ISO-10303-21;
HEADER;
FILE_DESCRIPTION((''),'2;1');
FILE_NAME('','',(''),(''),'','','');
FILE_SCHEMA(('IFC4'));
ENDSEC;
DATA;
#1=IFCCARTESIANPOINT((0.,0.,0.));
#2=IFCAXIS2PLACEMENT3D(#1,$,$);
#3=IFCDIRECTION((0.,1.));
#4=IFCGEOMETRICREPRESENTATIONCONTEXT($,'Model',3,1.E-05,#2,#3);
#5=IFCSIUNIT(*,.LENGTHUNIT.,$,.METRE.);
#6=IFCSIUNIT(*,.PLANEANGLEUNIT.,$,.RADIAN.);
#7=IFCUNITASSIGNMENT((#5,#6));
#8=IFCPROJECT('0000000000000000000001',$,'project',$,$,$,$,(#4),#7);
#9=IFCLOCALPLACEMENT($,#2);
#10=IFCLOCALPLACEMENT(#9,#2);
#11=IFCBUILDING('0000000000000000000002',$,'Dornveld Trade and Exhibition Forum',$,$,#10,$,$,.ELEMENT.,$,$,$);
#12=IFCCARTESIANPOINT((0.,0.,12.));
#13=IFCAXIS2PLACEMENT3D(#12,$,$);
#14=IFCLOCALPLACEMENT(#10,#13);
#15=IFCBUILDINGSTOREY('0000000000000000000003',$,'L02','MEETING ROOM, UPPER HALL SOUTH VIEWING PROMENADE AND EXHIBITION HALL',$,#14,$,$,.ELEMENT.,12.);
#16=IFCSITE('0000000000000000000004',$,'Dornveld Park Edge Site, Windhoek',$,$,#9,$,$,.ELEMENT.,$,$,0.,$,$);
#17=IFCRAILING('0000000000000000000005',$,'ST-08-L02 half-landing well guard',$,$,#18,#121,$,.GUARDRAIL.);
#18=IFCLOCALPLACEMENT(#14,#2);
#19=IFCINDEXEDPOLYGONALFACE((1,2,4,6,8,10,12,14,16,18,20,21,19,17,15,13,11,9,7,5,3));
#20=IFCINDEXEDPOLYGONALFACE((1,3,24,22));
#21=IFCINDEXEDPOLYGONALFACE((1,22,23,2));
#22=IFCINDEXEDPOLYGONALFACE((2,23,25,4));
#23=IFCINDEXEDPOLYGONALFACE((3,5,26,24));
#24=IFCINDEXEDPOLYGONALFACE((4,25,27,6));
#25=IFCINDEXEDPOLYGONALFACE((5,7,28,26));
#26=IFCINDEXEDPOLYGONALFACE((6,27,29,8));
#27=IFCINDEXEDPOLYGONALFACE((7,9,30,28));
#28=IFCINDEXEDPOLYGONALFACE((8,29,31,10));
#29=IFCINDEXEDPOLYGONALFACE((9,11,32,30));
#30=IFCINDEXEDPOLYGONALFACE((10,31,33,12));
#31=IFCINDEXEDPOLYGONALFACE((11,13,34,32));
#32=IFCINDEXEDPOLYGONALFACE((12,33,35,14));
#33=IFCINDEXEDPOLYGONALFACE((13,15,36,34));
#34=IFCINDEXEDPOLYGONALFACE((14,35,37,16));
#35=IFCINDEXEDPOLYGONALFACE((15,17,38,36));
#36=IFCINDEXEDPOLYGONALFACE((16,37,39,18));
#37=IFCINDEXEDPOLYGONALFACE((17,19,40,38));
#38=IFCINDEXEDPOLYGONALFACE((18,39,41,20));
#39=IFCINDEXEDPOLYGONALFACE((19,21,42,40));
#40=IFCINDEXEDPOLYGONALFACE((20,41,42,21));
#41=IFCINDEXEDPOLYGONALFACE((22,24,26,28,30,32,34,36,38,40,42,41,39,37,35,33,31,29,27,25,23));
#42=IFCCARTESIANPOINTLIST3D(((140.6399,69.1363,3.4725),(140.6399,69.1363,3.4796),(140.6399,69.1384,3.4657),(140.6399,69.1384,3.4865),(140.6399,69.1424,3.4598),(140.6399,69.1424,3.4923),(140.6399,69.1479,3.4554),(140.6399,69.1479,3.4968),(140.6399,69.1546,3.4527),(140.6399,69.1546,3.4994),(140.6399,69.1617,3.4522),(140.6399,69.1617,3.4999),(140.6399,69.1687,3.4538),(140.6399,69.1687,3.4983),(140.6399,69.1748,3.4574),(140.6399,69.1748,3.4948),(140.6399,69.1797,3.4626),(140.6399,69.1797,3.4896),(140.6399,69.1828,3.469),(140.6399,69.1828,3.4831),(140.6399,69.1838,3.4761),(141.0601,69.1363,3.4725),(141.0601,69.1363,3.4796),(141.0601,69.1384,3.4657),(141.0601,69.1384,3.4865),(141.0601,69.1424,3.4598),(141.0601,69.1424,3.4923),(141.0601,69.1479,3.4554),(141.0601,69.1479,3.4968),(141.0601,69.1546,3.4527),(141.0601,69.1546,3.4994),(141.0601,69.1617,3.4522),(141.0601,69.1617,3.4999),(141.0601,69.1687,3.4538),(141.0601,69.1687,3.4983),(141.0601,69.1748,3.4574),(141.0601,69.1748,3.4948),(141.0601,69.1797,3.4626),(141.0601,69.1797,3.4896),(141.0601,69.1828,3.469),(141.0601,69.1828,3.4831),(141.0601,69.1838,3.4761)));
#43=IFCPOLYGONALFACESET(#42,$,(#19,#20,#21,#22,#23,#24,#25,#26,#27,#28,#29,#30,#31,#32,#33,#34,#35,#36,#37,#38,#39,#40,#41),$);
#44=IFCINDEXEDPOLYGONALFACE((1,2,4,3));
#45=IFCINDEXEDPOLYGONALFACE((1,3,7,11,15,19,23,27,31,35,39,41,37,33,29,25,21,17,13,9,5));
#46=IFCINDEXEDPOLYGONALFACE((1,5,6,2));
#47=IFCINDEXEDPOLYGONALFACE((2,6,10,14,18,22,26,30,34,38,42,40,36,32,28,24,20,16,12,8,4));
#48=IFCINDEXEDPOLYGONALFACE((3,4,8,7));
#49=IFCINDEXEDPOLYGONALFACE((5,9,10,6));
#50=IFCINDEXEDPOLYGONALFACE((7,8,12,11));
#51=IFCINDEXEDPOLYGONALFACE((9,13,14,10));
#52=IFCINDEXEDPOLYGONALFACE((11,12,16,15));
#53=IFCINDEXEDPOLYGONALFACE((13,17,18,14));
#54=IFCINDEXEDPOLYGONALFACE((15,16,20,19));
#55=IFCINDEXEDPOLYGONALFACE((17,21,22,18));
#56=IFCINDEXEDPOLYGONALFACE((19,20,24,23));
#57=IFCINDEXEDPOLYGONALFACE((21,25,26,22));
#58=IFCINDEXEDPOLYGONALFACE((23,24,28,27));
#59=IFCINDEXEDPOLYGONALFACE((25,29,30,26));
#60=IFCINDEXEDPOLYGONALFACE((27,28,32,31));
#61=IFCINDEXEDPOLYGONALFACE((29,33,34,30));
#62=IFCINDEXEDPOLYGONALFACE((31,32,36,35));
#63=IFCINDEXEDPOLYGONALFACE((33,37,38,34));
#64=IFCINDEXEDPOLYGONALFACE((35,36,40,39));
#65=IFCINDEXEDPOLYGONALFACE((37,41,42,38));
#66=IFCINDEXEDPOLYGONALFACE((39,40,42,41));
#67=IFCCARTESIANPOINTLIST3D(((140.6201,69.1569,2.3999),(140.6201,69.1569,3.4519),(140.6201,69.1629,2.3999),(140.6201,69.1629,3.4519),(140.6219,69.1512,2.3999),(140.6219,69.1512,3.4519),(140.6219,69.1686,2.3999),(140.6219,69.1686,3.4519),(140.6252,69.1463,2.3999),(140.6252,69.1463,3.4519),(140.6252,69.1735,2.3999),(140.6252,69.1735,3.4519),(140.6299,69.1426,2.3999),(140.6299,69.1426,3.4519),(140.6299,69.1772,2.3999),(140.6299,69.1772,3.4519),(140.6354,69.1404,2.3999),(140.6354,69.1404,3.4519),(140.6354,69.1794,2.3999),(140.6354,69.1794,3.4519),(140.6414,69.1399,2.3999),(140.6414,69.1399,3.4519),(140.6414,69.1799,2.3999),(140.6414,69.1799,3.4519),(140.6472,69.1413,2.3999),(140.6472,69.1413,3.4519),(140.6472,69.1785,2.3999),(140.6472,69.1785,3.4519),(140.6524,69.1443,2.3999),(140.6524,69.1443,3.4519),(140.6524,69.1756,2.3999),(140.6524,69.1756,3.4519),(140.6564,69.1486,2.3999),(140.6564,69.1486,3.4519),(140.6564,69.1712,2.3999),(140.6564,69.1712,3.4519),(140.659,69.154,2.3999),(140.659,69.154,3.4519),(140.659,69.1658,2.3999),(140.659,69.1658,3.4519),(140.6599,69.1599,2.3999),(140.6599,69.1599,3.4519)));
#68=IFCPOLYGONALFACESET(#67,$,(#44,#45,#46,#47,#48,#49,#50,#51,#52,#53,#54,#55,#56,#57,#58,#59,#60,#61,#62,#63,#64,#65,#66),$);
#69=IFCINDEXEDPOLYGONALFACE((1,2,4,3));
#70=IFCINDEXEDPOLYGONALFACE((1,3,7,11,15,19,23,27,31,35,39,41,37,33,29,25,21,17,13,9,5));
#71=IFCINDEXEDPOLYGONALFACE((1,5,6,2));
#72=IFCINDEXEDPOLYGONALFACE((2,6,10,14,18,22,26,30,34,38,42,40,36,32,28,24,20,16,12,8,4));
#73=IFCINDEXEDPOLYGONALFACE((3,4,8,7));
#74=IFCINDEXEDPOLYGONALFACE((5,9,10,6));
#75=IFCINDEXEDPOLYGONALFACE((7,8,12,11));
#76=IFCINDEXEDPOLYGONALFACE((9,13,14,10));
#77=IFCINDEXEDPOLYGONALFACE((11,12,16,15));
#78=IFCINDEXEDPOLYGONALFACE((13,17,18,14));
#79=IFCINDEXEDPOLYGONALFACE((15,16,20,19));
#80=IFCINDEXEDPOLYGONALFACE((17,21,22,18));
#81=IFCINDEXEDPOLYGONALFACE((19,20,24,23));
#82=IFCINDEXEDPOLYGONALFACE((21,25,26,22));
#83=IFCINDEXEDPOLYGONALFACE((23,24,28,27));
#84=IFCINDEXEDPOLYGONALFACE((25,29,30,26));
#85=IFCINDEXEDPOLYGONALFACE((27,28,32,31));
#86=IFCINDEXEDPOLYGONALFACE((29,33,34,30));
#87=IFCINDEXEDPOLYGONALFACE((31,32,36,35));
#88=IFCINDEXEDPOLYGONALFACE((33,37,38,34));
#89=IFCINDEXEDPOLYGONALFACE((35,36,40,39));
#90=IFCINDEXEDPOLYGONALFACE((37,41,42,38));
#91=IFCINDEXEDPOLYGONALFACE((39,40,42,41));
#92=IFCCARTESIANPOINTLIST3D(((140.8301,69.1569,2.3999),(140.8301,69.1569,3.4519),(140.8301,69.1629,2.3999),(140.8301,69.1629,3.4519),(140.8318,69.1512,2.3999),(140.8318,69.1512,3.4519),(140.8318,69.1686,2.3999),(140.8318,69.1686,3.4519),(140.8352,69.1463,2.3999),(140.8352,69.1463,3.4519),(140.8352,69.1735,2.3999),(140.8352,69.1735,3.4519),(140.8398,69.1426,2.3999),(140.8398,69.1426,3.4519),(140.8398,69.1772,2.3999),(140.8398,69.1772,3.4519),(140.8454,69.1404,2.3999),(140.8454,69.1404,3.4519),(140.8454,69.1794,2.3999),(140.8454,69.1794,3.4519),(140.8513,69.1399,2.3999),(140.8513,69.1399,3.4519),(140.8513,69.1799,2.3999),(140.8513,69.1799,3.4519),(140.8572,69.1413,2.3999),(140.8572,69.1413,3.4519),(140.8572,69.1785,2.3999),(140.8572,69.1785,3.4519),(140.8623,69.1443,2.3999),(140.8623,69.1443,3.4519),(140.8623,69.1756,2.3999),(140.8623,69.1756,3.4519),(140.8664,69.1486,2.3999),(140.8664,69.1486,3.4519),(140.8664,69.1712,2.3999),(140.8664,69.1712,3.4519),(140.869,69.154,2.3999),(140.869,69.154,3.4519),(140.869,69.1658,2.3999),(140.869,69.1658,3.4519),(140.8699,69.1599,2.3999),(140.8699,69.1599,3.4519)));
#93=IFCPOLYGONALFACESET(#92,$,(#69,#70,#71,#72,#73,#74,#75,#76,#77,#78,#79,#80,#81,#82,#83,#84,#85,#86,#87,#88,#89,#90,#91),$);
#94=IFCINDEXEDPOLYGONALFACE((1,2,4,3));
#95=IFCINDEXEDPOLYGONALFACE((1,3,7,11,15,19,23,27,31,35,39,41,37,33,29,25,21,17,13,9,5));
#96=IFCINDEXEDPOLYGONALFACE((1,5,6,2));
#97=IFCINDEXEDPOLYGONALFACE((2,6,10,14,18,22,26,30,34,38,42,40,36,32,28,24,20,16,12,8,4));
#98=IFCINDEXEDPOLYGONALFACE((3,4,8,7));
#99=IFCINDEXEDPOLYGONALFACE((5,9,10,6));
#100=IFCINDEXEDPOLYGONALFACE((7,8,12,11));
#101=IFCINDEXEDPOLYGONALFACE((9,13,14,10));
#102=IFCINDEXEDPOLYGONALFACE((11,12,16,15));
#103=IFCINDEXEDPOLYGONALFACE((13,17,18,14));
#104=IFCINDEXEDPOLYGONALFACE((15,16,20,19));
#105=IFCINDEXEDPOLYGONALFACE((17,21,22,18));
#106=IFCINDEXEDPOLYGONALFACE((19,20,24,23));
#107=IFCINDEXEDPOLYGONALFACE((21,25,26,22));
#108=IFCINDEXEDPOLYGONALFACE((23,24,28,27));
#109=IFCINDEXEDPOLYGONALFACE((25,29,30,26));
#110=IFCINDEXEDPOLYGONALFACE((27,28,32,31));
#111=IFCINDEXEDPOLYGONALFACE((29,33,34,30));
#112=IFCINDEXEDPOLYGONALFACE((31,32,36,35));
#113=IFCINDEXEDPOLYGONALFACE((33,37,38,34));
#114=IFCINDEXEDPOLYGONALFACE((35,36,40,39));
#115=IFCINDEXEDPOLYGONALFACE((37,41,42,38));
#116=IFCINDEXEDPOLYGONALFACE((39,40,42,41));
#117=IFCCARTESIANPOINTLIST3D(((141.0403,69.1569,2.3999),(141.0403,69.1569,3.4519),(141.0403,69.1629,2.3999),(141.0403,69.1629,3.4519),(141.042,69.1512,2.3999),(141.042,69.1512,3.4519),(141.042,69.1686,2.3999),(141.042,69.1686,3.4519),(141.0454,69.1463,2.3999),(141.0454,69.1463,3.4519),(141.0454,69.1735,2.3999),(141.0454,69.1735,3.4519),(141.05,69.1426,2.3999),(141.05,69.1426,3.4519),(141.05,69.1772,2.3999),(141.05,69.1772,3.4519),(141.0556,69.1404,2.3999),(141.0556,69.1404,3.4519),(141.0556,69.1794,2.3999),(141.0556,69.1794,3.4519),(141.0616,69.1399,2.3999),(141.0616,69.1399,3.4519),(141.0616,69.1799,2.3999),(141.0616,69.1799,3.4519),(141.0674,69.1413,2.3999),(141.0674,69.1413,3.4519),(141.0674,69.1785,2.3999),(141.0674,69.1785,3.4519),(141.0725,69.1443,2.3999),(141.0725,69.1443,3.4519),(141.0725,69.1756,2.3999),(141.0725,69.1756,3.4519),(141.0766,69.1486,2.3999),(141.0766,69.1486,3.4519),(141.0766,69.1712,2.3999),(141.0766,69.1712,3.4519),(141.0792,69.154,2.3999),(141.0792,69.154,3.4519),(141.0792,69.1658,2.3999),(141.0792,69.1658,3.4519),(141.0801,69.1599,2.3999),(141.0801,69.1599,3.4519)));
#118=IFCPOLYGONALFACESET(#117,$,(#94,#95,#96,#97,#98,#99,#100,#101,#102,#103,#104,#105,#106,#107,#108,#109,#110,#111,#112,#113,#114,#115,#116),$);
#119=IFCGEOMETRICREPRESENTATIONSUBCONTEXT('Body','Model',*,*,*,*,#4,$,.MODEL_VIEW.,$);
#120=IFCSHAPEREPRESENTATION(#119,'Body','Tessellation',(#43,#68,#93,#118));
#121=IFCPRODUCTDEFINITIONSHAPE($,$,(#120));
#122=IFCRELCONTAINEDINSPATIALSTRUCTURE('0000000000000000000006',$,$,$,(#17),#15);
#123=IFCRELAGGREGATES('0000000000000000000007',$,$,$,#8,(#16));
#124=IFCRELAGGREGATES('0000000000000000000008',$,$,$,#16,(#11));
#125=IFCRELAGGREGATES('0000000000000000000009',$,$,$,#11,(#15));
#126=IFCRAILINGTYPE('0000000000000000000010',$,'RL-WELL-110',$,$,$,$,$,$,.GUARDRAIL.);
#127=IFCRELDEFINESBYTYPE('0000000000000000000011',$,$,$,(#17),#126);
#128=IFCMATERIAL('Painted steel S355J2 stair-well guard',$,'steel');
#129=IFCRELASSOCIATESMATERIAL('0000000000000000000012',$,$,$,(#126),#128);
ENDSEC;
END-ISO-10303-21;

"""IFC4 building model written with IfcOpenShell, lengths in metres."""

from ifc_helpers import new_model, si_unit, direction, frame, origin, origin_2d, place, context, subcontext, project, spatial, circle, extrude, material, type_object, element, save


model = new_model("IFC4")

# Units and contexts
model_context = context("Model", 3, precision=1e-05, world=origin(), true_north=direction((0.0, 1.0)))
body_context = subcontext(model_context, "Body", "Model", "MODEL_VIEW")
ifc_project = project(units=[si_unit("LENGTHUNIT", "METRE"), si_unit("PLANEANGLEUNIT", "RADIAN")], contexts=[model_context])

# Site, building, storey
site_placement = place(None, origin())
site = spatial("IfcSite", under=ifc_project, at=site_placement, Name="Dornveld Park Edge Site, Windhoek", CompositionType="ELEMENT", RefElevation=0.0)
building_placement = place(site_placement, origin())
building = spatial("IfcBuilding", under=site, at=building_placement, Name="Dornveld Trade and Exhibition Forum", CompositionType="ELEMENT")
storey_placement = place(building_placement, frame((0.0, 0.0, 12.0)))
storey = spatial("IfcBuildingStorey", under=building, at=storey_placement, Name="L02", Description="MEETING ROOM, UPPER HALL SOUTH VIEWING PROMENADE AND EXHIBITION HALL", CompositionType="ELEMENT", Elevation=12.0)

# Railing
ifc_material_1 = material(Name="Painted steel S355J2 stair-well guard", Category="steel")
railing_type_1 = type_object("IfcRailingType", Name="RL-WELL-110", PredefinedType="GUARDRAIL", material=ifc_material_1)
railing_1_placement = place(storey_placement, frame((140.6399, 69.1599, 2.3999)))
element("IfcRailing", 1, at=railing_1_placement, inside=storey, type_object=railing_type_1, Name="ST-08-L02 half-landing well guard", PredefinedType="GUARDRAIL", context=body_context, shape_type="SweptSolid", body=[
    extrude(circle(Radius=0.0239, at=origin_2d()), frame((0.0, 0.0, 1.0762), z_axis=(1.0, 0.0, 0.0), x_axis=(0.0, 1.0, 0.0)), (0.0, 0.0, 1.0), 0.4202),
    extrude(circle(Radius=0.02, at=origin_2d()), origin(), (0.0, 0.0, 1.0), 1.052),
    extrude(circle(Radius=0.02, at=origin_2d()), frame((0.21, 0.0, 0.0)), (0.0, 0.0, 1.0), 1.052),
    extrude(circle(Radius=0.02, at=origin_2d()), frame((0.4202, 0.0, 0.0)), (0.0, 0.0, 1.0), 1.052),
])

save(model, "model.ifc")
